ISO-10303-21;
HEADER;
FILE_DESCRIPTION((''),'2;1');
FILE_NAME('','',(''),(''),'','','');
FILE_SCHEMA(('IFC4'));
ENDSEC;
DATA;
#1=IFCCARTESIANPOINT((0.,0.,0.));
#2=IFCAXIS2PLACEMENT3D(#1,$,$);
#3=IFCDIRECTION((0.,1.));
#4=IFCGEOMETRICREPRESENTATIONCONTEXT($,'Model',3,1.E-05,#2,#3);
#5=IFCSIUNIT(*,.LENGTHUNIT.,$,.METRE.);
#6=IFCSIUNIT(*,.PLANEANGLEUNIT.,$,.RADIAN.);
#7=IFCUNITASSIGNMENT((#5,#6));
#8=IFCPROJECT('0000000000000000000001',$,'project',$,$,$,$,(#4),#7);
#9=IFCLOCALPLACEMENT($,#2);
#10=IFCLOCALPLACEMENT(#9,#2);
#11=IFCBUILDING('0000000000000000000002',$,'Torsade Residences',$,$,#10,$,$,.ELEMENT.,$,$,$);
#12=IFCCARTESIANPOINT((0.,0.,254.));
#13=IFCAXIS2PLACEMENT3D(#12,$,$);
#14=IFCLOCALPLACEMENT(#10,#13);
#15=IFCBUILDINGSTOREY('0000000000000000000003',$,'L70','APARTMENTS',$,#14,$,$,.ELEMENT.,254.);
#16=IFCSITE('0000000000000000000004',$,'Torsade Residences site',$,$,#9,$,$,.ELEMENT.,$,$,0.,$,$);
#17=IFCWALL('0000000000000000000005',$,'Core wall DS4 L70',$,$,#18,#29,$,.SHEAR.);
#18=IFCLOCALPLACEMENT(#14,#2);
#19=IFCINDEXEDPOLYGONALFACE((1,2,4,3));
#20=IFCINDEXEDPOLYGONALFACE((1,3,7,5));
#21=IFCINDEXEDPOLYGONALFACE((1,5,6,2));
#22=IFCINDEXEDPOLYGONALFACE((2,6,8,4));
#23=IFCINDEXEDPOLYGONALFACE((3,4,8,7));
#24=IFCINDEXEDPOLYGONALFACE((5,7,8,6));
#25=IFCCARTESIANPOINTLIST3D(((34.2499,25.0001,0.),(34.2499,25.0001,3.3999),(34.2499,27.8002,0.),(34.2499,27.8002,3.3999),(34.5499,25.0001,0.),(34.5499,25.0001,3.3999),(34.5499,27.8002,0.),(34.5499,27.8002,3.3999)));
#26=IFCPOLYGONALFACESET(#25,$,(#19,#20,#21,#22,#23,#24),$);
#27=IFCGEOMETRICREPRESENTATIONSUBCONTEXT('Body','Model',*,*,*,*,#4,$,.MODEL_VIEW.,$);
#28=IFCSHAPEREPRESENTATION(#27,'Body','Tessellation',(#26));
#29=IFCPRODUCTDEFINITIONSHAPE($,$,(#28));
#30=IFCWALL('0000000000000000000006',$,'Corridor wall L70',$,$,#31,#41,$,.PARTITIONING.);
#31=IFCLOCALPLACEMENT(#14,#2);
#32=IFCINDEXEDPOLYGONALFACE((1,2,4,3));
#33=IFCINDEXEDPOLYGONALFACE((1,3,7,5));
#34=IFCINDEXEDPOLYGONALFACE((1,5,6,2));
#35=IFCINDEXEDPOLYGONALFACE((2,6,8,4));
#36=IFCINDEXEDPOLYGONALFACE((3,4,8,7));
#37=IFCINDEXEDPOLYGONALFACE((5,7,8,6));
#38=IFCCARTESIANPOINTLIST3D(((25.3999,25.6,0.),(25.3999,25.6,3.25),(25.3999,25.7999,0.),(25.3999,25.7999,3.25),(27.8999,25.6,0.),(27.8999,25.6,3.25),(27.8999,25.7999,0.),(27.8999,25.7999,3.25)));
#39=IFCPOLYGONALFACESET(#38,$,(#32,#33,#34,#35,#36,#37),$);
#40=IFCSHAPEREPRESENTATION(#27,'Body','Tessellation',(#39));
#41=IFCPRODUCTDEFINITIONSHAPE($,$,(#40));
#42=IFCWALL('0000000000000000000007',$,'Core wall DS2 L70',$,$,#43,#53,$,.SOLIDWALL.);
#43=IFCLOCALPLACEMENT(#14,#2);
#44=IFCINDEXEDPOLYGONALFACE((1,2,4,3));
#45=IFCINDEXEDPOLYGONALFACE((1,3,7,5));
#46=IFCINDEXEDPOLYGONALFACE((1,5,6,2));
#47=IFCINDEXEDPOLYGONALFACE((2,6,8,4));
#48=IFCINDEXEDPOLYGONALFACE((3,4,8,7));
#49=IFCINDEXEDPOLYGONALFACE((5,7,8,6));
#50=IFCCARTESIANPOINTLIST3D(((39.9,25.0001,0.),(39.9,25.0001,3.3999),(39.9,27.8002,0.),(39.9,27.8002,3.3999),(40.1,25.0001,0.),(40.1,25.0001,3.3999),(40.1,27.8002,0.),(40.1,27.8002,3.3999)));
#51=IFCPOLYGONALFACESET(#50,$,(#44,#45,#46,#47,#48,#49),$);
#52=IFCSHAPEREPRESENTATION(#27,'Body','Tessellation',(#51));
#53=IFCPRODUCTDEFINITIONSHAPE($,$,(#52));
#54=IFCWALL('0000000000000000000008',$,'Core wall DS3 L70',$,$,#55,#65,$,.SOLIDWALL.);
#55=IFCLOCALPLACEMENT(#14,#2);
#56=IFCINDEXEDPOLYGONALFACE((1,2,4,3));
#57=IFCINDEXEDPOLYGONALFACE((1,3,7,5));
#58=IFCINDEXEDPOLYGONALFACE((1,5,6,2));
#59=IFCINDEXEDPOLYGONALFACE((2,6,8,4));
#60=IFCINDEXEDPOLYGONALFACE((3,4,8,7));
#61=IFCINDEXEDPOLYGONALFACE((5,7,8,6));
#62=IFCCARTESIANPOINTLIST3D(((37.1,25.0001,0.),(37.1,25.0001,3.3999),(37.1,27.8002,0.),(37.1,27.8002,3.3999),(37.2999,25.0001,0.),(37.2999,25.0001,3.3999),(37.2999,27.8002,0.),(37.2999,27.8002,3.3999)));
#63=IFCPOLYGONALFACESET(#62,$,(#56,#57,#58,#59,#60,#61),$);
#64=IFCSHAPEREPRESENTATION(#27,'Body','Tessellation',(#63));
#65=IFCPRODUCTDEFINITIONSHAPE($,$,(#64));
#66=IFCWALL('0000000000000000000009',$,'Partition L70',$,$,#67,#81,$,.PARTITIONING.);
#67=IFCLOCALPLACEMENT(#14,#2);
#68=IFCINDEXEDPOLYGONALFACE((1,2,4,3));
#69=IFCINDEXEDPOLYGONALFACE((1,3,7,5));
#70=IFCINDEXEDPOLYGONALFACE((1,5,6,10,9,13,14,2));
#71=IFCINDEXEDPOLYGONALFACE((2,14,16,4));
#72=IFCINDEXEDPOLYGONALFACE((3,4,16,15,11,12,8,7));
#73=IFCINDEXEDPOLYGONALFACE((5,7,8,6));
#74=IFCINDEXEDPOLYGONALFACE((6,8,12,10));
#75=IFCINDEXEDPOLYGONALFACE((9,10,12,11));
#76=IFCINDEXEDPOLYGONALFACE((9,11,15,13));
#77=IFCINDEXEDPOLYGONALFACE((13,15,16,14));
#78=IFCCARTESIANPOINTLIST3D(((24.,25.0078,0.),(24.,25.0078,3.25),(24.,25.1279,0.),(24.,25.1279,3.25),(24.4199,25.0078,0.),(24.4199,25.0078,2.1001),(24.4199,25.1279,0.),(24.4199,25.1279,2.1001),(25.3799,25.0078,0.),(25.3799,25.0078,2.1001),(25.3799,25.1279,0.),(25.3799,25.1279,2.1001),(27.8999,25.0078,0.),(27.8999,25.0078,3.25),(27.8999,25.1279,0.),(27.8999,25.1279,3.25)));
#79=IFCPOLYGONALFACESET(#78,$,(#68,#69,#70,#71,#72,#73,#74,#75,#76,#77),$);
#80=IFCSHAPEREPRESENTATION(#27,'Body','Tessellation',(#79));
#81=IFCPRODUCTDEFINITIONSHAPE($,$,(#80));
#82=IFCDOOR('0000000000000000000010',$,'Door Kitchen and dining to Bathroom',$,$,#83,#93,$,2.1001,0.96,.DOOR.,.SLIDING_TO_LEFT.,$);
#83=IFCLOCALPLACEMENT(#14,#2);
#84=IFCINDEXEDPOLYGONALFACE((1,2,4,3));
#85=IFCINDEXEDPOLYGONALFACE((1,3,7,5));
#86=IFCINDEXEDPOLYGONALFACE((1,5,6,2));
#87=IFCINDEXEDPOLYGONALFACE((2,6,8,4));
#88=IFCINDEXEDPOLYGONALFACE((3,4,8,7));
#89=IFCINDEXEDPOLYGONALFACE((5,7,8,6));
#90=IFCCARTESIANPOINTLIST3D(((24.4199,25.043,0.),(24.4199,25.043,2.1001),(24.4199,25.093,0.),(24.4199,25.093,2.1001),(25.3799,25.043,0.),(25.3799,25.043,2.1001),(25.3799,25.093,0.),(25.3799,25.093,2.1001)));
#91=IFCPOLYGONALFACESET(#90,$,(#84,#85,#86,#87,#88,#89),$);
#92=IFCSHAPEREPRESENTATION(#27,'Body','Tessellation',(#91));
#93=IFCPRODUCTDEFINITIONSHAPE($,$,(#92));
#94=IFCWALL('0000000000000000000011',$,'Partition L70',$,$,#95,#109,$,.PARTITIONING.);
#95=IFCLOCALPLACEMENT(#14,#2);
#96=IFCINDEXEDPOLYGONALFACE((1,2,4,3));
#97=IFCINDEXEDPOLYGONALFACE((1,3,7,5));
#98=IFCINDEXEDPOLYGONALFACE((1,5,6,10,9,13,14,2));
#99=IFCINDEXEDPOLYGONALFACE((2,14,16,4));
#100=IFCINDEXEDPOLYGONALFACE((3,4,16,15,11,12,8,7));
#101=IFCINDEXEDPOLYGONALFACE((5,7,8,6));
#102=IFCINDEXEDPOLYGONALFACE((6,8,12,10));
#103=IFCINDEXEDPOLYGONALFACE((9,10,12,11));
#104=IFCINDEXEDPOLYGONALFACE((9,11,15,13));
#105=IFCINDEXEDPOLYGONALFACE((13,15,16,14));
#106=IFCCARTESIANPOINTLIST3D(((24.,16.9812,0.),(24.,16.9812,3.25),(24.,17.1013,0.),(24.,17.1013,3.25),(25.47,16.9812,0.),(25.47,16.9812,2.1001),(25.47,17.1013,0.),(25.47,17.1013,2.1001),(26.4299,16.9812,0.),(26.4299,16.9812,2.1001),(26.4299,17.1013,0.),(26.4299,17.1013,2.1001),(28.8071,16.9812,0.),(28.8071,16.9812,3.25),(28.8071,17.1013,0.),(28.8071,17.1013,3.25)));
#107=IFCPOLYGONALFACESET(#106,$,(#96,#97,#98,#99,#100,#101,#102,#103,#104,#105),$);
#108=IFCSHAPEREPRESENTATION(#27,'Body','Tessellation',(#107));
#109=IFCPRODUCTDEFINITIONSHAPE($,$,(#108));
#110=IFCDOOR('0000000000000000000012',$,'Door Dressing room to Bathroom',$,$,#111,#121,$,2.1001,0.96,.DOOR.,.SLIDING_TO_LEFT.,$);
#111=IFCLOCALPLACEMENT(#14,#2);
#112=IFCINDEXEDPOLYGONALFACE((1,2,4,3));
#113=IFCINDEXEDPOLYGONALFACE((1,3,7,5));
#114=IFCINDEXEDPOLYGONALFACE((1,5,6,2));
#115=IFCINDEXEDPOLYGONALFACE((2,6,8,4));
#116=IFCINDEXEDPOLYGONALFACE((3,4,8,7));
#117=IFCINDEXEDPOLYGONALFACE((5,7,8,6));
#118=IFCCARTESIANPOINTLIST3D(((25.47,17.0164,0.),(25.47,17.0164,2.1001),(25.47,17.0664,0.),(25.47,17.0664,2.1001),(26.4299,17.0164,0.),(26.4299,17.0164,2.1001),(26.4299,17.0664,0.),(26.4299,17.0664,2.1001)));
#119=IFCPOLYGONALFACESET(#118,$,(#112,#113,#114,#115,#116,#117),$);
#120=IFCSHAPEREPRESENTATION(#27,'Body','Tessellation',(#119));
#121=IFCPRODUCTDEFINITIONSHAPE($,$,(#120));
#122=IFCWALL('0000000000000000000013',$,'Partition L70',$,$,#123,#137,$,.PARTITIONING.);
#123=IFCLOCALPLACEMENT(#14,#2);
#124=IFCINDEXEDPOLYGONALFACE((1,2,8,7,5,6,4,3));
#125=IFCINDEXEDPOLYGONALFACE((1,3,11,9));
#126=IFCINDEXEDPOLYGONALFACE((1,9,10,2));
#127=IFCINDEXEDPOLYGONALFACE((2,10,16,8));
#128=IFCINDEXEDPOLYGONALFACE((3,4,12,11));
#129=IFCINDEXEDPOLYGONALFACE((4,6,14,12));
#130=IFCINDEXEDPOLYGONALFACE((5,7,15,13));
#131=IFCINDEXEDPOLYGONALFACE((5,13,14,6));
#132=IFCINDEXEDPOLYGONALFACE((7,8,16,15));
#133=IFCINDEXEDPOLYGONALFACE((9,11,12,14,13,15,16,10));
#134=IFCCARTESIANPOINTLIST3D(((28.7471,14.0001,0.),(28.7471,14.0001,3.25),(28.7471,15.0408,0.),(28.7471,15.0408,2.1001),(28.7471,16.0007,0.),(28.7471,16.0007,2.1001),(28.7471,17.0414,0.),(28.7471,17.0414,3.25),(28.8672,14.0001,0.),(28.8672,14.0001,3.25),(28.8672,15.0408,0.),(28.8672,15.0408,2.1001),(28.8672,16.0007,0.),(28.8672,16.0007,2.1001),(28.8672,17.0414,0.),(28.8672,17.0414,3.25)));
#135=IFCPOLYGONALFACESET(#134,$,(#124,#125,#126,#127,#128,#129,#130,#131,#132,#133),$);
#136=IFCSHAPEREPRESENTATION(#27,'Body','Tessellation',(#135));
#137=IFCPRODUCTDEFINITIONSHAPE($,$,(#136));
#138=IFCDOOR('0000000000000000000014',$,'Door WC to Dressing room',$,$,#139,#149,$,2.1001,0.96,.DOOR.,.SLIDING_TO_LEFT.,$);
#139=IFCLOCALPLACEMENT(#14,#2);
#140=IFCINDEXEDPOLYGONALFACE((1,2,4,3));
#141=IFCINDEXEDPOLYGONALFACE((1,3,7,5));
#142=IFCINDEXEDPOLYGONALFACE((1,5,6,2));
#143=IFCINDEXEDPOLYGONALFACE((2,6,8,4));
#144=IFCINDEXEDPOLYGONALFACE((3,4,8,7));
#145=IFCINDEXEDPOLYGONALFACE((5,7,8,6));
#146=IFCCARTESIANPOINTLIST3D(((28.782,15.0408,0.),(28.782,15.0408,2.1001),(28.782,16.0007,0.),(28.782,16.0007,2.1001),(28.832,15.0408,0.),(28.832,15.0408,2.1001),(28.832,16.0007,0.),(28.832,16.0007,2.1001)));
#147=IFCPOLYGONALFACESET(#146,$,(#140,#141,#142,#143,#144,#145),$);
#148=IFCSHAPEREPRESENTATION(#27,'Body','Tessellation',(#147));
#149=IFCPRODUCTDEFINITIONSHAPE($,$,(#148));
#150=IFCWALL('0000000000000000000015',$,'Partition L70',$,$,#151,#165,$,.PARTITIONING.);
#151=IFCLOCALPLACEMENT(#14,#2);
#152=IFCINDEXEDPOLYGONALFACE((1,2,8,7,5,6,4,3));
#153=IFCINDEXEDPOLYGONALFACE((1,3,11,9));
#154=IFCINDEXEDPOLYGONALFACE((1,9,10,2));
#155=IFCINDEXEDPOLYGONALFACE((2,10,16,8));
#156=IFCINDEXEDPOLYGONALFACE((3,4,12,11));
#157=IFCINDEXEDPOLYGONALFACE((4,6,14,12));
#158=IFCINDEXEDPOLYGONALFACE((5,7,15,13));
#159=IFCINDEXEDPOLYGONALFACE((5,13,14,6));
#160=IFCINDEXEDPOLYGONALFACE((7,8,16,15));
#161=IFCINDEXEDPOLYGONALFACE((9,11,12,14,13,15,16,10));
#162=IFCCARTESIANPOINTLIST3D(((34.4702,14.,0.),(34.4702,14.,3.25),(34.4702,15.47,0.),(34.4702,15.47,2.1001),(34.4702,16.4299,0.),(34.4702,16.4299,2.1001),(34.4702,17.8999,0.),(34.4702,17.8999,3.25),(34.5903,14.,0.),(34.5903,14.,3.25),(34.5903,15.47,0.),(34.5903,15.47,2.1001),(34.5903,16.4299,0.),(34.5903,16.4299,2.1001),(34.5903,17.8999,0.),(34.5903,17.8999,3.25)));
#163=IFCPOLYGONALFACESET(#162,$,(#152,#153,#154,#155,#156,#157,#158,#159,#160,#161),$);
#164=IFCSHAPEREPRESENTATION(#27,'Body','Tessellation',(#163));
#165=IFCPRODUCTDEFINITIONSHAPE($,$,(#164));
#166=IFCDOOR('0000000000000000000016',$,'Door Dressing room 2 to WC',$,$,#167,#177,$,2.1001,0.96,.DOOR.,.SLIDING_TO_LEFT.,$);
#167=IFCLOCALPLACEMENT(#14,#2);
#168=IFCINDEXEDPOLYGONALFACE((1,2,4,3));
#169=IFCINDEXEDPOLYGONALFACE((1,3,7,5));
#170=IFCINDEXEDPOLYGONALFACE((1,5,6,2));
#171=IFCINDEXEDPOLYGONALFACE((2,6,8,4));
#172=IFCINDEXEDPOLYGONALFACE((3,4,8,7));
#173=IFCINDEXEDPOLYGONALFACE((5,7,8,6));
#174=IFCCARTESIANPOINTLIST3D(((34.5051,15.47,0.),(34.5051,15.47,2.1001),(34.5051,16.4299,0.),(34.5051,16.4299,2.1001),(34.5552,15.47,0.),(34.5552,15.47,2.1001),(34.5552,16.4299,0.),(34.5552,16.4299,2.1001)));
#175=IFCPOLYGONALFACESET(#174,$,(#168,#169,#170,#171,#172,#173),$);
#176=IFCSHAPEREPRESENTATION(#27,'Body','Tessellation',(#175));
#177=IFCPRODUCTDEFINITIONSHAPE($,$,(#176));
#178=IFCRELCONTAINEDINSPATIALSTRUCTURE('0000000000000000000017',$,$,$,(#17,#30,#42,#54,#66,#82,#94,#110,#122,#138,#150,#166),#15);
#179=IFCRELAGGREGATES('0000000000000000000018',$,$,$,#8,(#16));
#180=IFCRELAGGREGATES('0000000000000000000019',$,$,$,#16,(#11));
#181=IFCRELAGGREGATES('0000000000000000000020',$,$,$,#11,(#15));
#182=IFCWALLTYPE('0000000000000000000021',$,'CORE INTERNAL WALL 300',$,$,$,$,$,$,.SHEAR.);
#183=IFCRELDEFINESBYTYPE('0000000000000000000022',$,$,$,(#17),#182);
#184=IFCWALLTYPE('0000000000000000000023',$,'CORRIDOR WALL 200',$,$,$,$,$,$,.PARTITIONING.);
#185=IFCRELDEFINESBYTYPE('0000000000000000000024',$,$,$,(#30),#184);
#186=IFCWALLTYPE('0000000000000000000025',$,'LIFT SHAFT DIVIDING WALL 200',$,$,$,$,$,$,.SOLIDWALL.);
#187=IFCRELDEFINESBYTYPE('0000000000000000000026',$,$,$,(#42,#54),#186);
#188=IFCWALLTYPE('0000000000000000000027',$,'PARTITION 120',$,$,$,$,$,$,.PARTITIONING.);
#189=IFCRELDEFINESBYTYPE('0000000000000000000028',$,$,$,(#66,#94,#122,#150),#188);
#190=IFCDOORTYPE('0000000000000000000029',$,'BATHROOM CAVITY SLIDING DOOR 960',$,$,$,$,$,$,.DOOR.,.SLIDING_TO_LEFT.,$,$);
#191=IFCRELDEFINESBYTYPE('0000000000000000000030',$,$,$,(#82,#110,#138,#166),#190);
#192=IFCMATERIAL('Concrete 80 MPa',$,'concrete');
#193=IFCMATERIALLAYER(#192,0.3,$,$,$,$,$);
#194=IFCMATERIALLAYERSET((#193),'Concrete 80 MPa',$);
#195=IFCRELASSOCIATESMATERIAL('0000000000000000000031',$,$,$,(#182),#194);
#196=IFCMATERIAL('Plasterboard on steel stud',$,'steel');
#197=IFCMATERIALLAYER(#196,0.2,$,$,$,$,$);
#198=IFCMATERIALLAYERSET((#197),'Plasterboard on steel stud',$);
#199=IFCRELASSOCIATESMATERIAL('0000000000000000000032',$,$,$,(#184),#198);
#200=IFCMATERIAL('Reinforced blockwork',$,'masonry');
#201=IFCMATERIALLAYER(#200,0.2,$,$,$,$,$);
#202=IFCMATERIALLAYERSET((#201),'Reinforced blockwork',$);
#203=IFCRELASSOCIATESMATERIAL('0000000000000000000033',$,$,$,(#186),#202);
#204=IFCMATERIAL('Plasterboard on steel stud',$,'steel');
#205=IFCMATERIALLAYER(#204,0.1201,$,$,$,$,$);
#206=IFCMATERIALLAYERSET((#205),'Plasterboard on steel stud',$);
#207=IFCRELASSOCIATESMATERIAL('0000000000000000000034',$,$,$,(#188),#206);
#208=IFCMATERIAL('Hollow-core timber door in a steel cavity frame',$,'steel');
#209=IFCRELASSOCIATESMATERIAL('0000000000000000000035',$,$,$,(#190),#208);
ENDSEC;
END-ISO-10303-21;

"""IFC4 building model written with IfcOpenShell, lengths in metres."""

from ifc_helpers import new_model, si_unit, direction, frame, frame_2d, origin, place, context, subcontext, project, spatial, rectangle, extrude, material, layer, layer_set, type_object, element, fill, save


model = new_model("IFC4")

# Units and contexts
model_context = context("Model", 3, precision=1e-05, world=origin(), true_north=direction((0.0, 1.0)))
body_context = subcontext(model_context, "Body", "Model", "MODEL_VIEW")
ifc_project = project(units=[si_unit("LENGTHUNIT", "METRE"), si_unit("PLANEANGLEUNIT", "RADIAN")], contexts=[model_context])

# Site, building, storey
site_placement = place(None, origin())
site = spatial("IfcSite", under=ifc_project, at=site_placement, Name="Torsade Residences site", CompositionType="ELEMENT", RefElevation=0.0)
building_placement = place(site_placement, origin())
building = spatial("IfcBuilding", under=site, at=building_placement, Name="Torsade Residences", CompositionType="ELEMENT")
storey_placement = place(building_placement, frame((0.0, 0.0, 254.0)))
storey = spatial("IfcBuildingStorey", under=building, at=storey_placement, Name="L70", Description="APARTMENTS", CompositionType="ELEMENT", Elevation=254.0)

# Walls
ifc_material_1 = material(Name="Concrete 80 MPa", Category="concrete")
ifc_layer_1 = layer(ifc_material_1, 0.3)
ifc_layer_set_1 = layer_set([ifc_layer_1], Name="Concrete 80 MPa")
wall_type_1 = type_object("IfcWallType", Name="CORE INTERNAL WALL 300", PredefinedType="SHEAR", material=ifc_layer_set_1)
wall_1_placement = place(storey_placement, frame((34.3999, 27.8, 0.0), z_axis=(0.0, 0.0, 1.0), x_axis=(0.0, -1.0, 0.0)))
element("IfcWall", 1, at=wall_1_placement, inside=storey, type_object=wall_type_1, Name="Core wall DS4 L70", PredefinedType="SHEAR", context=body_context, shape_type="SweptSolid", body=[
    extrude(rectangle(XDim=2.8, YDim=0.3, at=frame_2d((1.3999, 0.0))), origin(), (0.0, 0.0, 1.0), 3.3999),
])
ifc_material_2 = material(Name="Plasterboard on steel stud", Category="steel")
ifc_layer_2 = layer(ifc_material_2, 0.2)
ifc_layer_set_2 = layer_set([ifc_layer_2], Name="Plasterboard on steel stud")
wall_type_2 = type_object("IfcWallType", Name="CORRIDOR WALL 200", PredefinedType="PARTITIONING", material=ifc_layer_set_2)
wall_2_placement = place(storey_placement, frame((27.8999, 25.7, 0.0), z_axis=(0.0, 0.0, 1.0), x_axis=(-1.0, 0.0, 0.0)))
element("IfcWall", 2, at=wall_2_placement, inside=storey, type_object=wall_type_2, Name="Corridor wall L70", PredefinedType="PARTITIONING", context=body_context, shape_type="SweptSolid", body=[
    extrude(rectangle(XDim=2.5, YDim=0.2, at=frame_2d((1.25, 0.0))), origin(), (0.0, 0.0, 1.0), 3.25),
])
ifc_material_3 = material(Name="Reinforced blockwork", Category="masonry")
ifc_layer_3 = layer(ifc_material_3, 0.2)
ifc_layer_set_3 = layer_set([ifc_layer_3], Name="Reinforced blockwork")
wall_type_3 = type_object("IfcWallType", Name="LIFT SHAFT DIVIDING WALL 200", PredefinedType="SOLIDWALL", material=ifc_layer_set_3)
for number, where, z_axis, x_axis, name in (
    (3, (40.0, 27.8, 0.0), (0.0, 0.0, 1.0), (0.0, -1.0, 0.0), "Core wall DS2 L70"),
    (4, (37.2, 27.8, 0.0), (0.0, 0.0, 1.0), (0.0, -1.0, 0.0), "Core wall DS3 L70"),
):
    element("IfcWall", number, at=place(storey_placement, frame(where, z_axis=z_axis, x_axis=x_axis)), inside=storey, type_object=wall_type_3, Name=name, PredefinedType="SOLIDWALL", context=body_context, shape_type="SweptSolid", body=[
        extrude(rectangle(XDim=2.8, YDim=0.2, at=frame_2d((1.3999, 0.0))), origin(), (0.0, 0.0, 1.0), 3.3999),
    ])

# Walls, openings, doors
ifc_material_4 = material(Name="Plasterboard on steel stud", Category="steel")
ifc_layer_4 = layer(ifc_material_4, 0.1201)
ifc_layer_set_4 = layer_set([ifc_layer_4], Name="Plasterboard on steel stud")
wall_type_4 = type_object("IfcWallType", Name="PARTITION 120", PredefinedType="PARTITIONING", material=ifc_layer_set_4)
wall_3_placement = place(storey_placement, frame((27.8999, 25.0679, 0.0), z_axis=(0.0, 0.0, 1.0), x_axis=(-1.0, 0.0, 0.0)))
wall_3 = element("IfcWall", 5, at=wall_3_placement, inside=storey, type_object=wall_type_4, Name="Partition L70", PredefinedType="PARTITIONING", context=body_context, shape_type="SweptSolid", body=[
    extrude(rectangle(XDim=3.8999, YDim=0.1201, at=frame_2d((1.95, 0.0))), origin(), (0.0, 0.0, 1.0), 3.25),
])
opening_1_placement = place(wall_3_placement, frame((2.52, 0.0, 0.0)))
opening_1 = element("IfcOpeningElement", 6, at=opening_1_placement, cuts=wall_3, PredefinedType="OPENING", context=body_context, shape_type="SweptSolid", body=[
    extrude(rectangle(XDim=0.96, YDim=2.1001, at=frame_2d((0.48, 1.05))), frame((0.0, 0.0701, 0.0), z_axis=(0.0, -1.0, 0.0), x_axis=(1.0, 0.0, 0.0)), (0.0, 0.0, 1.0), 0.1401),
])
ifc_material_5 = material(Name="Hollow-core timber door in a steel cavity frame", Category="steel")
door_type_1 = type_object("IfcDoorType", Name="BATHROOM CAVITY SLIDING DOOR 960", OperationType="SLIDING_TO_LEFT", PredefinedType="DOOR", material=ifc_material_5)
door_1_placement = place(opening_1_placement, origin())
door_1 = element("IfcDoor", 7, at=door_1_placement, inside=storey, type_object=door_type_1, Name="Door Kitchen and dining to Bathroom", OperationType="SLIDING_TO_LEFT", OverallHeight=2.1001, OverallWidth=0.96, PredefinedType="DOOR", context=body_context, shape_type="SweptSolid", body=[
    extrude(rectangle(XDim=0.96, YDim=2.1001, at=frame_2d((0.48, 1.05))), frame((0.0, 0.0249, 0.0), z_axis=(0.0, -1.0, 0.0), x_axis=(1.0, 0.0, 0.0)), (0.0, 0.0, 1.0), 0.05),
])
fill(opening_1, door_1)
wall_4_placement = place(storey_placement, frame((28.8071, 17.0413, 0.0), z_axis=(0.0, 0.0, 1.0), x_axis=(-1.0, 0.0, 0.0)))
wall_4 = element("IfcWall", 8, at=wall_4_placement, inside=storey, type_object=wall_type_4, Name="Partition L70", PredefinedType="PARTITIONING", context=body_context, shape_type="SweptSolid", body=[
    extrude(rectangle(XDim=4.8071, YDim=0.1201, at=frame_2d((2.4036, 0.0))), origin(), (0.0, 0.0, 1.0), 3.25),
])
opening_2_placement = place(wall_4_placement, frame((2.3772, 0.0, 0.0)))
opening_2 = element("IfcOpeningElement", 9, at=opening_2_placement, cuts=wall_4, PredefinedType="OPENING", context=body_context, shape_type="SweptSolid", body=[
    extrude(rectangle(XDim=0.96, YDim=2.1001, at=frame_2d((0.48, 1.05))), frame((0.0, 0.0701, 0.0), z_axis=(0.0, -1.0, 0.0), x_axis=(1.0, 0.0, 0.0)), (0.0, 0.0, 1.0), 0.1401),
])
door_2_placement = place(opening_2_placement, origin())
door_2 = element("IfcDoor", 10, at=door_2_placement, inside=storey, type_object=door_type_1, Name="Door Dressing room to Bathroom", OperationType="SLIDING_TO_LEFT", OverallHeight=2.1001, OverallWidth=0.96, PredefinedType="DOOR", context=body_context, shape_type="SweptSolid", body=[
    extrude(rectangle(XDim=0.96, YDim=2.1001, at=frame_2d((0.48, 1.05))), frame((0.0, 0.0249, 0.0), z_axis=(0.0, -1.0, 0.0), x_axis=(1.0, 0.0, 0.0)), (0.0, 0.0, 1.0), 0.05),
])
fill(opening_2, door_2)
wall_5_placement = place(storey_placement, frame((28.8071, 17.0413, 0.0), z_axis=(0.0, 0.0, 1.0), x_axis=(0.0, -1.0, 0.0)))
wall_5 = element("IfcWall", 11, at=wall_5_placement, inside=storey, type_object=wall_type_4, Name="Partition L70", PredefinedType="PARTITIONING", context=body_context, shape_type="SweptSolid", body=[
    extrude(rectangle(XDim=3.0413, YDim=0.1201, at=frame_2d((1.5205, 0.0))), origin(), (0.0, 0.0, 1.0), 3.25),
])
opening_3_placement = place(wall_5_placement, frame((1.0405, 0.0, 0.0)))
opening_3 = element("IfcOpeningElement", 12, at=opening_3_placement, cuts=wall_5, PredefinedType="OPENING", context=body_context, shape_type="SweptSolid", body=[
    extrude(rectangle(XDim=0.96, YDim=2.1001, at=frame_2d((0.48, 1.05))), frame((0.0, 0.0701, 0.0), z_axis=(0.0, -1.0, 0.0), x_axis=(1.0, 0.0, 0.0)), (0.0, 0.0, 1.0), 0.1401),
])
door_3_placement = place(opening_3_placement, origin())
door_3 = element("IfcDoor", 13, at=door_3_placement, inside=storey, type_object=door_type_1, Name="Door WC to Dressing room", OperationType="SLIDING_TO_LEFT", OverallHeight=2.1001, OverallWidth=0.96, PredefinedType="DOOR", context=body_context, shape_type="SweptSolid", body=[
    extrude(rectangle(XDim=0.96, YDim=2.1001, at=frame_2d((0.48, 1.05))), frame((0.0, 0.0249, 0.0), z_axis=(0.0, -1.0, 0.0), x_axis=(1.0, 0.0, 0.0)), (0.0, 0.0, 1.0), 0.05),
])
fill(opening_3, door_3)
wall_6_placement = place(storey_placement, frame((34.5303, 17.8999, 0.0), z_axis=(0.0, 0.0, 1.0), x_axis=(0.0, -1.0, 0.0)))
wall_6 = element("IfcWall", 14, at=wall_6_placement, inside=storey, type_object=wall_type_4, Name="Partition L70", PredefinedType="PARTITIONING", context=body_context, shape_type="SweptSolid", body=[
    extrude(rectangle(XDim=3.8999, YDim=0.1201, at=frame_2d((1.95, 0.0))), origin(), (0.0, 0.0, 1.0), 3.25),
])
opening_4_placement = place(wall_6_placement, frame((1.47, 0.0, 0.0)))
opening_4 = element("IfcOpeningElement", 15, at=opening_4_placement, cuts=wall_6, PredefinedType="OPENING", context=body_context, shape_type="SweptSolid", body=[
    extrude(rectangle(XDim=0.96, YDim=2.1001, at=frame_2d((0.48, 1.05))), frame((0.0, 0.0701, 0.0), z_axis=(0.0, -1.0, 0.0), x_axis=(1.0, 0.0, 0.0)), (0.0, 0.0, 1.0), 0.1401),
])
door_4_placement = place(opening_4_placement, origin())
door_4 = element("IfcDoor", 16, at=door_4_placement, inside=storey, type_object=door_type_1, Name="Door Dressing room 2 to WC", OperationType="SLIDING_TO_LEFT", OverallHeight=2.1001, OverallWidth=0.96, PredefinedType="DOOR", context=body_context, shape_type="SweptSolid", body=[
    extrude(rectangle(XDim=0.96, YDim=2.1001, at=frame_2d((0.48, 1.05))), frame((0.0, 0.0249, 0.0), z_axis=(0.0, -1.0, 0.0), x_axis=(1.0, 0.0, 0.0)), (0.0, 0.0, 1.0), 0.05),
])
fill(opening_4, door_4)

save(model, "model.ifc")
